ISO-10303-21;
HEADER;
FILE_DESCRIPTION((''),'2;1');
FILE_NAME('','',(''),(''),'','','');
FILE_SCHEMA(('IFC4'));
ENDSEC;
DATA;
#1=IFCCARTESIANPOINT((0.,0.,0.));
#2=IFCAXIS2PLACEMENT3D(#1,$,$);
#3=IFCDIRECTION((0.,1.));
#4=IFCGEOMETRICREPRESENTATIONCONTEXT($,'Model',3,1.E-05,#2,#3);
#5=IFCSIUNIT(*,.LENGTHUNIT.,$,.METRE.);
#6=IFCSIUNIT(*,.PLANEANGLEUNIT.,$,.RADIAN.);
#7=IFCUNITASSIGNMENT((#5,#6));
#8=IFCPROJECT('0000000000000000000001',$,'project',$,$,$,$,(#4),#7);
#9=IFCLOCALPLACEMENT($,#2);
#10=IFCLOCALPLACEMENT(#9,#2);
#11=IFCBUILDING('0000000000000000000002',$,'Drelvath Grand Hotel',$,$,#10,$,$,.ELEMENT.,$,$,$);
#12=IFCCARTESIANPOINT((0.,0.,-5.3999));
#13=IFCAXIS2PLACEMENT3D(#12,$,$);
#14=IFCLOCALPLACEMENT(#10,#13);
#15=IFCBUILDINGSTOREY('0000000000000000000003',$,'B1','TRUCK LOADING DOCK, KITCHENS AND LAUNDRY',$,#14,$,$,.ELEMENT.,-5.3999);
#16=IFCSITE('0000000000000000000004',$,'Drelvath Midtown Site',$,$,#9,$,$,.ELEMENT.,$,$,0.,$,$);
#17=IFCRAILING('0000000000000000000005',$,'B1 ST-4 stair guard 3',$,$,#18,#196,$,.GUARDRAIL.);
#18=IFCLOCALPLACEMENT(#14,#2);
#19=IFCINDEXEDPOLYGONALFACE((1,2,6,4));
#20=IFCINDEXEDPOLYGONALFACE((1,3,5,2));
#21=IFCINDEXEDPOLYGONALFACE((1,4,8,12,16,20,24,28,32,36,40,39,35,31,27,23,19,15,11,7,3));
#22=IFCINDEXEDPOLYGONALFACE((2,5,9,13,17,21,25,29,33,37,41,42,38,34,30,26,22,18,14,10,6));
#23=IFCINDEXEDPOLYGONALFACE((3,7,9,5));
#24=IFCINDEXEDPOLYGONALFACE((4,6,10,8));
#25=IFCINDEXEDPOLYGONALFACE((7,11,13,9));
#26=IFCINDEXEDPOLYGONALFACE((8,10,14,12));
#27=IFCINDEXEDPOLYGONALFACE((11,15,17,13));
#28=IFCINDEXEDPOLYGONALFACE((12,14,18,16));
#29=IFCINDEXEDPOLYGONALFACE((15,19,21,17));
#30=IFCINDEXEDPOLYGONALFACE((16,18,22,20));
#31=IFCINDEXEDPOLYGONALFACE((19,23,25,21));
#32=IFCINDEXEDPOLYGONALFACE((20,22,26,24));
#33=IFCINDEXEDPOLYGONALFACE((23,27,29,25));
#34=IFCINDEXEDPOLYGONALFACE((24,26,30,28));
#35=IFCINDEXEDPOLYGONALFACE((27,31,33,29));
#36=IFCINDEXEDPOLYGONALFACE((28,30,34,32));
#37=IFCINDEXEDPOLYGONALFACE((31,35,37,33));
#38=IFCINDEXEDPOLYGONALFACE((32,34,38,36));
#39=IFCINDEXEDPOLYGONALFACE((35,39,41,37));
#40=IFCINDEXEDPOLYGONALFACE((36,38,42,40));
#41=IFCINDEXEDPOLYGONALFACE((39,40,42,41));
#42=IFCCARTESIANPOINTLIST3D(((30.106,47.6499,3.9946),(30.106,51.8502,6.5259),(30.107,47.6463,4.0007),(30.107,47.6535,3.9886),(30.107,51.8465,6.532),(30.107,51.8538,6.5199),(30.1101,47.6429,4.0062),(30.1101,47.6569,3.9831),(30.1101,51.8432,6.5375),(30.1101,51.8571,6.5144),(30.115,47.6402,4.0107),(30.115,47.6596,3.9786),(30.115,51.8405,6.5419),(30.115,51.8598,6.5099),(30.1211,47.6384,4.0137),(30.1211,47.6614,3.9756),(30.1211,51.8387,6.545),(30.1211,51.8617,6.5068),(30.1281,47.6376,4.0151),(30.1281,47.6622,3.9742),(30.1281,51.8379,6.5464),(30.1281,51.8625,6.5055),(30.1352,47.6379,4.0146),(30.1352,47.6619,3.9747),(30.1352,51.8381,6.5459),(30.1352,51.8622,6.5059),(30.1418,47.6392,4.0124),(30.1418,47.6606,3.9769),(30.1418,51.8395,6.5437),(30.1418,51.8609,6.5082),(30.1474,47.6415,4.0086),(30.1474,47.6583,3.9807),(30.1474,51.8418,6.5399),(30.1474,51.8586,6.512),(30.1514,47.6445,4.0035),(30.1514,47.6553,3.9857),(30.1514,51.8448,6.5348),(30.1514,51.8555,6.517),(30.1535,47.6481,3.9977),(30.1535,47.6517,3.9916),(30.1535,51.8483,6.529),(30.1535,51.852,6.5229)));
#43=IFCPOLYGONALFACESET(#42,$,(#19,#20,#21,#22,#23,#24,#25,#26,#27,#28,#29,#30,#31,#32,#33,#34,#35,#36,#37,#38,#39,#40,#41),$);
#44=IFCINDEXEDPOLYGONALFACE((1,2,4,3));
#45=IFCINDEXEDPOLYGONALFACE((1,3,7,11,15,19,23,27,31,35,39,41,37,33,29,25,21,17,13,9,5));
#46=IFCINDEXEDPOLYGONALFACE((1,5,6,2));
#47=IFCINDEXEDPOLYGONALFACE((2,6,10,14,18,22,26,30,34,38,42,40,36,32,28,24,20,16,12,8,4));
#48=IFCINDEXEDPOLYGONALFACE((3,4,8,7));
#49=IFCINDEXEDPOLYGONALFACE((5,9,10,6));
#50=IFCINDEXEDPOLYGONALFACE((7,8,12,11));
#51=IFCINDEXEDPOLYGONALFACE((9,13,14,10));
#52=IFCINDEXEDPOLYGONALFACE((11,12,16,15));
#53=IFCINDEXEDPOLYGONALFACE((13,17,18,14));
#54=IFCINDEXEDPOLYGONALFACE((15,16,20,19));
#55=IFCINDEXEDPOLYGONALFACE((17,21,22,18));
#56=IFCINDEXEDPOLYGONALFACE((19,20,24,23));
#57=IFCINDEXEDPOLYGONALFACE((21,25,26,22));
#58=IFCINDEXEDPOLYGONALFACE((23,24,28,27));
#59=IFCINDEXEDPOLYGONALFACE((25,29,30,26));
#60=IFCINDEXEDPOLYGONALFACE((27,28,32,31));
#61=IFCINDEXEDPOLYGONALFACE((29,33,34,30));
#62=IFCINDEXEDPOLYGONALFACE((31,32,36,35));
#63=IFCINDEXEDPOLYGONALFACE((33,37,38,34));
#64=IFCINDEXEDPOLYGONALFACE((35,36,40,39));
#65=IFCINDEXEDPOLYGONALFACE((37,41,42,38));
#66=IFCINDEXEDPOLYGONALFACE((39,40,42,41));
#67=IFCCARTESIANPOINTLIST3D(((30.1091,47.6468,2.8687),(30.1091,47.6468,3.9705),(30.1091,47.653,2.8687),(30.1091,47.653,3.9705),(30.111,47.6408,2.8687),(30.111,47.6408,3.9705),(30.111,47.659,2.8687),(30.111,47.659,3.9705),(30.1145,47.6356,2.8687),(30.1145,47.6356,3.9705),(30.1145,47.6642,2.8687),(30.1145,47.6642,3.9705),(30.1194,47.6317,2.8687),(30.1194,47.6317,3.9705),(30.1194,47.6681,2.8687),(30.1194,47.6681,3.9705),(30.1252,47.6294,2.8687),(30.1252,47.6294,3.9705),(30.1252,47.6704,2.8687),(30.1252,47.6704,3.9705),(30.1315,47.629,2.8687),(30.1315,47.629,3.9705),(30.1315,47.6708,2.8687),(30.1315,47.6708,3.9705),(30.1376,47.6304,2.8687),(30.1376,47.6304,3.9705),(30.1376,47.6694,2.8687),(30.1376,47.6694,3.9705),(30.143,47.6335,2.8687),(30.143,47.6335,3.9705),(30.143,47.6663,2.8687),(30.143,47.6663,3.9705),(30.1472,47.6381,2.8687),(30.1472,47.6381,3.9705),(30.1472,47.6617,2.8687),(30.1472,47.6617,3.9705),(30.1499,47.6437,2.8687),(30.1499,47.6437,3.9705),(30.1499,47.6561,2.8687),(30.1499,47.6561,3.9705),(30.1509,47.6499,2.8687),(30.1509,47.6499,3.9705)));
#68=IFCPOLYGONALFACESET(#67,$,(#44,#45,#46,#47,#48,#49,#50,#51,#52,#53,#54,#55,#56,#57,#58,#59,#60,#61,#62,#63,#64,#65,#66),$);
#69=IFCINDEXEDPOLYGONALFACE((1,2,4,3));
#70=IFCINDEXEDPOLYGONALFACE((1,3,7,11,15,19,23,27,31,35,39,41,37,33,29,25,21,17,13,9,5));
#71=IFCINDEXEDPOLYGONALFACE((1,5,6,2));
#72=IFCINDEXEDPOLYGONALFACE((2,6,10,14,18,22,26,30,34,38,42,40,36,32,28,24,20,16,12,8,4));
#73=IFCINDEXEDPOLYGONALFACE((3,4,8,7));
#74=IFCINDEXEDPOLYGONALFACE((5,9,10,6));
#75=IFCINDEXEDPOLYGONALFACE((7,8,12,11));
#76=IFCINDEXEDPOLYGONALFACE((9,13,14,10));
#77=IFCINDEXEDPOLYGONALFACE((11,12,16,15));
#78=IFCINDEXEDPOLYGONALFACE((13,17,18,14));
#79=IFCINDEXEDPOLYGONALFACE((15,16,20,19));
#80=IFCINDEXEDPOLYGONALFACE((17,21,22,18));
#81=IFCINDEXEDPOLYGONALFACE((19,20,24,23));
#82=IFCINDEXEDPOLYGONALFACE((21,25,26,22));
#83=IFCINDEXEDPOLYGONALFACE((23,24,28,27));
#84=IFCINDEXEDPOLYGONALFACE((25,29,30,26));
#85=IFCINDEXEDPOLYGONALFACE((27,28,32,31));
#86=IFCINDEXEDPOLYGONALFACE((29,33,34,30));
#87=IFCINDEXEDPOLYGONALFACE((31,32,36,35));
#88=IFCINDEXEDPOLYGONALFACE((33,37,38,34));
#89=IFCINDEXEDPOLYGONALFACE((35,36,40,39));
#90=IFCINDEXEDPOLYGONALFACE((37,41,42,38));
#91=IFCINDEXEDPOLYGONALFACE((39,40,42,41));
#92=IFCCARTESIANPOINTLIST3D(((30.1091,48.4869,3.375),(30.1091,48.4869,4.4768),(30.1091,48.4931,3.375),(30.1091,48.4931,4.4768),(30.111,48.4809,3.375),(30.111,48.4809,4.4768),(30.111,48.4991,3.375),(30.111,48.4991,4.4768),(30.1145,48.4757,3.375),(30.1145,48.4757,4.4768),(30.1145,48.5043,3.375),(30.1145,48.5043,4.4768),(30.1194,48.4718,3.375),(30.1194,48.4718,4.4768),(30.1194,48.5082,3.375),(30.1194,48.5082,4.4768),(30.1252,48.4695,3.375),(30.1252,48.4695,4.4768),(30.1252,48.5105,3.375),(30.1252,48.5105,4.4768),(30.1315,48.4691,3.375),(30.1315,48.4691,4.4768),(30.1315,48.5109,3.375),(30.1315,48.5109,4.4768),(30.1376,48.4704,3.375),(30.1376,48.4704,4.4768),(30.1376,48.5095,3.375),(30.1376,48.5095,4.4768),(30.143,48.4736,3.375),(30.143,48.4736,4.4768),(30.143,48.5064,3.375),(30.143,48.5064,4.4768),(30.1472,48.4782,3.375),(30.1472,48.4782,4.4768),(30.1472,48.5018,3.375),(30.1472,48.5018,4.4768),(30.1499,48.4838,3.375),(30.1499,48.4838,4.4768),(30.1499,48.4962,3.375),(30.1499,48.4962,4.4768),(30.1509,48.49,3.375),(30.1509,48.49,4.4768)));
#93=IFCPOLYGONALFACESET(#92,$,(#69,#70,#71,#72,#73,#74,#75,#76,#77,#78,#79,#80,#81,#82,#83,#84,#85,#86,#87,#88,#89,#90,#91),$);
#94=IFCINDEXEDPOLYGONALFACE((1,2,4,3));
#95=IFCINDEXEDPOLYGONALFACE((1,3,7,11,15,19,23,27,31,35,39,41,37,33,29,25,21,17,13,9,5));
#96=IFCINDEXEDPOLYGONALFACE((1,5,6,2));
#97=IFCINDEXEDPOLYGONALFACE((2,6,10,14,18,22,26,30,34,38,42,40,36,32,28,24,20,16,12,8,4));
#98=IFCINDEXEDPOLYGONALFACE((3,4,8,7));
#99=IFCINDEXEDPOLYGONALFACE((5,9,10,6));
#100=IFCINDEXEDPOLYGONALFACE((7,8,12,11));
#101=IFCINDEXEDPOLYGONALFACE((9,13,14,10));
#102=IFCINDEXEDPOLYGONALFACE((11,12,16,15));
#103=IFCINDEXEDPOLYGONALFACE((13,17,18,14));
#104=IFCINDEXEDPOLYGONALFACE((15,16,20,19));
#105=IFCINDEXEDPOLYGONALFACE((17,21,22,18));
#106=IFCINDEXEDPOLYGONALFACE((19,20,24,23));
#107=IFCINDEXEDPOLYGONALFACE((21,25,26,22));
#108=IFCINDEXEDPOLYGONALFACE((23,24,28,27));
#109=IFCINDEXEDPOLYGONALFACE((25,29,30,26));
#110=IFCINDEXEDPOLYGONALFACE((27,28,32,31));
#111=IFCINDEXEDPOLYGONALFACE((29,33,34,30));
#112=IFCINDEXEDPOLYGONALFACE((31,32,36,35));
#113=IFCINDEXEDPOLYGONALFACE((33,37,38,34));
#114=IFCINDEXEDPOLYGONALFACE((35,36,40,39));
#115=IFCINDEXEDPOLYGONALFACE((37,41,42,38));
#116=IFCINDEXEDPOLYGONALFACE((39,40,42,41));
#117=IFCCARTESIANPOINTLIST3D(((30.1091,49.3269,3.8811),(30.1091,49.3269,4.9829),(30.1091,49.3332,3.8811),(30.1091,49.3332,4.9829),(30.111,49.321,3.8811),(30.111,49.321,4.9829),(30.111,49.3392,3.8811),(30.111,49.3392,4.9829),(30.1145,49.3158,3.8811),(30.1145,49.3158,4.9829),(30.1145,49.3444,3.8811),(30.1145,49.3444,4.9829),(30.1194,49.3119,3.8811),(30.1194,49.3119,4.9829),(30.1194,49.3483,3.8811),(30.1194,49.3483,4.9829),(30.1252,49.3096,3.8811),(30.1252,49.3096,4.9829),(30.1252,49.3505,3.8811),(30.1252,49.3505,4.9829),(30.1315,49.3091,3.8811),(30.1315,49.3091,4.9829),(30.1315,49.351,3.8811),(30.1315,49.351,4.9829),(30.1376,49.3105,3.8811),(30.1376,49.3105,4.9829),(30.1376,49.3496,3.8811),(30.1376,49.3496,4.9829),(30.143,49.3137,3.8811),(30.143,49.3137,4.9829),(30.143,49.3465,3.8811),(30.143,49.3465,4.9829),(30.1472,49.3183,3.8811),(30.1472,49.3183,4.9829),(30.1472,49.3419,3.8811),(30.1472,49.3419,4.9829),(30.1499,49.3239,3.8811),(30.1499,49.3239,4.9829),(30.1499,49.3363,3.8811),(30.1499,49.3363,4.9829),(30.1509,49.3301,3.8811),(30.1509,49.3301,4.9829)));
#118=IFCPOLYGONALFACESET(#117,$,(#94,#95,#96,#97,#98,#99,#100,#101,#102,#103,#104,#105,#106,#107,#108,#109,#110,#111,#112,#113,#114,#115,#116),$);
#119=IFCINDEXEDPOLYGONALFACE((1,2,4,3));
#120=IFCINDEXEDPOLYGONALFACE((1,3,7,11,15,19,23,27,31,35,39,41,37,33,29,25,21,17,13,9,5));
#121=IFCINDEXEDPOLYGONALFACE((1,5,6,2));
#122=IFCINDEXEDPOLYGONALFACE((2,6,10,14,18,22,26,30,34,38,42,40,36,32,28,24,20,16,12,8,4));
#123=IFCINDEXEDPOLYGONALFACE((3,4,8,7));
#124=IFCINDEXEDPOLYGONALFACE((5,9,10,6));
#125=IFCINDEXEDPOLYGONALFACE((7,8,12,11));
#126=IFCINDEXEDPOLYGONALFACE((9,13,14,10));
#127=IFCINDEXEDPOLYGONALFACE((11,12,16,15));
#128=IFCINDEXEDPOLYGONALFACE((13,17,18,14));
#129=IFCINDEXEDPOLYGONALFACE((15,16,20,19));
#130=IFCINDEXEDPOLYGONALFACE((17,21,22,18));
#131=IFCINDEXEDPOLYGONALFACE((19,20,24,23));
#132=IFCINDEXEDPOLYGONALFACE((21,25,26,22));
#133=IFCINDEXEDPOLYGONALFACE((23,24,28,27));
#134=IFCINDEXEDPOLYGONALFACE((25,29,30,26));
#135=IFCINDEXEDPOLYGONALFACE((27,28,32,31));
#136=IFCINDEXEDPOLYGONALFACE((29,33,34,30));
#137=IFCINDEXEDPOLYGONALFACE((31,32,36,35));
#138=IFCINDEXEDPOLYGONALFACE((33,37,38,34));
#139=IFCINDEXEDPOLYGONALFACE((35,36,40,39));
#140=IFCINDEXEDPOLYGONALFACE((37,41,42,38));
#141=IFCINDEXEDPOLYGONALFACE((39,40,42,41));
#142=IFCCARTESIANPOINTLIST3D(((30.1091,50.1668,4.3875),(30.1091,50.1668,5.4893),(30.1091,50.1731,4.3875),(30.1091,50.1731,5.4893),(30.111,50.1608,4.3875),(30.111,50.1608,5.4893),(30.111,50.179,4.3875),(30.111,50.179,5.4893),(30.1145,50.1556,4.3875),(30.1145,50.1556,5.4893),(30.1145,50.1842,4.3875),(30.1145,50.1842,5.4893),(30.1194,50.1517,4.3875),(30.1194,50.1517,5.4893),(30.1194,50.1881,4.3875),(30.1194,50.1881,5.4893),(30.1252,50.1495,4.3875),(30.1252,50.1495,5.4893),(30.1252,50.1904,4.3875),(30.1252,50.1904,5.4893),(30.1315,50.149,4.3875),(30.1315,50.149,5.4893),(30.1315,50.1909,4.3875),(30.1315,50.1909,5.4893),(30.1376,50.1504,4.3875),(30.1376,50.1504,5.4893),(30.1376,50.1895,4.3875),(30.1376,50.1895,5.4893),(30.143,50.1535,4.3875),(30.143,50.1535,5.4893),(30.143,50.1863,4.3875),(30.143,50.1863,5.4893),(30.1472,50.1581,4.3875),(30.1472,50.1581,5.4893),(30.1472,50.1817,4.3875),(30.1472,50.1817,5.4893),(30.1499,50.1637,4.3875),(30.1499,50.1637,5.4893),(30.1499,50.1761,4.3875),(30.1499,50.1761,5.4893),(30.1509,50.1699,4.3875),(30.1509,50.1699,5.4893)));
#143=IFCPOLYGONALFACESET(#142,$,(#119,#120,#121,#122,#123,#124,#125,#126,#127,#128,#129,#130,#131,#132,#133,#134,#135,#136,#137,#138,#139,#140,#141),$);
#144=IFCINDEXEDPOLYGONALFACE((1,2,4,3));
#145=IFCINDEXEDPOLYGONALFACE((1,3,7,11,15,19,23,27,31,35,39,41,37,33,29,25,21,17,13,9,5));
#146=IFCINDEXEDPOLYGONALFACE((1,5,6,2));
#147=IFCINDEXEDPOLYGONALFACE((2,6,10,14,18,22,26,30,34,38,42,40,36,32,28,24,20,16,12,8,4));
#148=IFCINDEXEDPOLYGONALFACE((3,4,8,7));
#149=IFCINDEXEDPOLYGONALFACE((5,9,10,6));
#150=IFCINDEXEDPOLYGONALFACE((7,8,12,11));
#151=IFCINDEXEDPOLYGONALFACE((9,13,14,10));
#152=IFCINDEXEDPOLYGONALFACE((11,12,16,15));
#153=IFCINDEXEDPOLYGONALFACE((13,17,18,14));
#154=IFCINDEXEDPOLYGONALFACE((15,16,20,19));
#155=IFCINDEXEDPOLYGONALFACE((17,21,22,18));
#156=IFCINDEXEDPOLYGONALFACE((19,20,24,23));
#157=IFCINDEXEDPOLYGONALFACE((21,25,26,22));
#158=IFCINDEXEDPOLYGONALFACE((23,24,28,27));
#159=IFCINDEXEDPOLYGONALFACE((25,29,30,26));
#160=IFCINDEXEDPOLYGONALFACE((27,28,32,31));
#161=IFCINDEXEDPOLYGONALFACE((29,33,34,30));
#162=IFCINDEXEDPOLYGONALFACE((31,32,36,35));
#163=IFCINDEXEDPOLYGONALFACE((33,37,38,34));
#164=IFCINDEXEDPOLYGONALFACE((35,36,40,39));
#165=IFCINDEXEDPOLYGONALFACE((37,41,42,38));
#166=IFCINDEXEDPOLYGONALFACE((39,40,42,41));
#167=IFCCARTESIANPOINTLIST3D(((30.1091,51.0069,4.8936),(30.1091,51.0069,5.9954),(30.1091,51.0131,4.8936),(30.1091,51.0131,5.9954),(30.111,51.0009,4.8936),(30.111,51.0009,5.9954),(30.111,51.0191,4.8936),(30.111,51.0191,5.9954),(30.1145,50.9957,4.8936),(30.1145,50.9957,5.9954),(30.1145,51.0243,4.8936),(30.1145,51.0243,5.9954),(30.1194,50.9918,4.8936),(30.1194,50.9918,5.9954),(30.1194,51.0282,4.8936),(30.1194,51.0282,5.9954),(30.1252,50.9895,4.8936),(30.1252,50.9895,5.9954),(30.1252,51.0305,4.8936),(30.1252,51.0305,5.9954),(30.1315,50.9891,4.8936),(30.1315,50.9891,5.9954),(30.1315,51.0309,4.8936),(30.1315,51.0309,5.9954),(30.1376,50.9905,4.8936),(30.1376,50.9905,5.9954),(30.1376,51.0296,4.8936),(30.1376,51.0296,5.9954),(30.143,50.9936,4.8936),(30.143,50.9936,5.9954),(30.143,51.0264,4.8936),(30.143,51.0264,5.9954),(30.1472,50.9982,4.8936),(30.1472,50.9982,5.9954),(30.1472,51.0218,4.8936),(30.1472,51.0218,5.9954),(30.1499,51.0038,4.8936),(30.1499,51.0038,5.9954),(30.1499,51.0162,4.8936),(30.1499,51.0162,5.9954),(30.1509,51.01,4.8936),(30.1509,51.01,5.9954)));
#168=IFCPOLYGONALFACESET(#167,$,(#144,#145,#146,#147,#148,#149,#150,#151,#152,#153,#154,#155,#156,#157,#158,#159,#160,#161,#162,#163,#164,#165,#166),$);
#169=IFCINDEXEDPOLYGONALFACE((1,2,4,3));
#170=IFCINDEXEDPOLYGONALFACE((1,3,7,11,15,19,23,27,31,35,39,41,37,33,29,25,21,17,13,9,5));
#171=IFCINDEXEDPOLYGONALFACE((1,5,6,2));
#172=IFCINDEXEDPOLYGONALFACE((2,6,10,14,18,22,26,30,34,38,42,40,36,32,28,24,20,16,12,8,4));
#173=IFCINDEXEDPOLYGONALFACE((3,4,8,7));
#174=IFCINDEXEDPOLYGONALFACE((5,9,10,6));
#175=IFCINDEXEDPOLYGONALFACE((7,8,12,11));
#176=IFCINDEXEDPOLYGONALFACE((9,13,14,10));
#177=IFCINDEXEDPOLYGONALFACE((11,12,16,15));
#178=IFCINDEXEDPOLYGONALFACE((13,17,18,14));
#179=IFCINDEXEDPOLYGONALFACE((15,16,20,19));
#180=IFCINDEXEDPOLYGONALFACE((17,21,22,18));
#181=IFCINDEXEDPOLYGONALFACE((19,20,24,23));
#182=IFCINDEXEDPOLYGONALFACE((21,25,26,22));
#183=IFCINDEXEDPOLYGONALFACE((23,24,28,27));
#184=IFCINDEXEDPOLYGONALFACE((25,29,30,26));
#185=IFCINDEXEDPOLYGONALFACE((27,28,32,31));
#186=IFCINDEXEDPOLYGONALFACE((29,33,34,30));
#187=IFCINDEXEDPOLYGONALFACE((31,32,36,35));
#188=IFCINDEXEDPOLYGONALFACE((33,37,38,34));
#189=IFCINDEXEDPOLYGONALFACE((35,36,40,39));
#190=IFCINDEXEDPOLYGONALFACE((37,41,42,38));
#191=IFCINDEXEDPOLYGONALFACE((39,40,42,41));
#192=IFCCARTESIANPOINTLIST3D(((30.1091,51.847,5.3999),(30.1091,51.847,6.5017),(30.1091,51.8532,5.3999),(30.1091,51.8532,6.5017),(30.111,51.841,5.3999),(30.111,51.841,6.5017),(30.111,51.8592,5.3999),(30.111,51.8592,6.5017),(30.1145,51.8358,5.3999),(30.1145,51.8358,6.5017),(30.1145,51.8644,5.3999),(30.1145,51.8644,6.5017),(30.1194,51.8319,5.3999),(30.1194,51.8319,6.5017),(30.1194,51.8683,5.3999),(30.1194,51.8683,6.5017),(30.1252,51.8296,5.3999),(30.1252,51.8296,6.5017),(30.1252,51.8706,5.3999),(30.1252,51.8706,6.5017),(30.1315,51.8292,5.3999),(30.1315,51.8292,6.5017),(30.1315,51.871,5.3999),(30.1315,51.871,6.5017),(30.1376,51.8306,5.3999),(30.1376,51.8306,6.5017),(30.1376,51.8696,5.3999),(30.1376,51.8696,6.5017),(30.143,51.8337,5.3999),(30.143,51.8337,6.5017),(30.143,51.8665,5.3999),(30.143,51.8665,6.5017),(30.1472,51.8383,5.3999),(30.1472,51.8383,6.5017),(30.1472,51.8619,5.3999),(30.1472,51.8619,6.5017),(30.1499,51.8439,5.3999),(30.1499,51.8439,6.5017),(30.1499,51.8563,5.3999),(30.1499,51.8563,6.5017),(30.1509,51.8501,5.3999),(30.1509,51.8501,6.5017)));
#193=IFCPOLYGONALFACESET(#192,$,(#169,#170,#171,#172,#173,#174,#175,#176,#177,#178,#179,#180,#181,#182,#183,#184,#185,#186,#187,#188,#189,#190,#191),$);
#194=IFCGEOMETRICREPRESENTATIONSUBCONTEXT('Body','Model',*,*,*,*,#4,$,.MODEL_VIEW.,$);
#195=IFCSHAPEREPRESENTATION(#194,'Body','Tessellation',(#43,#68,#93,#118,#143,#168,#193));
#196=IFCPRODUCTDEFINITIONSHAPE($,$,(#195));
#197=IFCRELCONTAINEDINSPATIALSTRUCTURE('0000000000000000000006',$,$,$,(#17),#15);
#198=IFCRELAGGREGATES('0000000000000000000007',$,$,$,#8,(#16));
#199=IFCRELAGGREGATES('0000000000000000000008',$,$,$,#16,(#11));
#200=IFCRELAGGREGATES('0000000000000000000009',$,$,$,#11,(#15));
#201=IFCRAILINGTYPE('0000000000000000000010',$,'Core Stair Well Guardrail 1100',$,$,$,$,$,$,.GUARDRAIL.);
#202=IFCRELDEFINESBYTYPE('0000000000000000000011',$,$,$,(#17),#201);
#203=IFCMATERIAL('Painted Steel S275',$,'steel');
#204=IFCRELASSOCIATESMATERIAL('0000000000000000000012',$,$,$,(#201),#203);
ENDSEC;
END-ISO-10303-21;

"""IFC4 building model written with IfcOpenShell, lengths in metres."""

from ifc_helpers import new_model, si_unit, direction, frame, origin, origin_2d, place, context, subcontext, project, spatial, circle, extrude, material, type_object, element, save


model = new_model("IFC4")

# Units and contexts
model_context = context("Model", 3, precision=1e-05, world=origin(), true_north=direction((0.0, 1.0)))
body_context = subcontext(model_context, "Body", "Model", "MODEL_VIEW")
ifc_project = project(units=[si_unit("LENGTHUNIT", "METRE"), si_unit("PLANEANGLEUNIT", "RADIAN")], contexts=[model_context])

# Site, building, storey
site_placement = place(None, origin())
site = spatial("IfcSite", under=ifc_project, at=site_placement, Name="Drelvath Midtown Site", CompositionType="ELEMENT", RefElevation=0.0)
building_placement = place(site_placement, origin())
building = spatial("IfcBuilding", under=site, at=building_placement, Name="Drelvath Grand Hotel", CompositionType="ELEMENT")
storey_placement = place(building_placement, frame((0.0, 0.0, -5.3999)))
storey = spatial("IfcBuildingStorey", under=building, at=storey_placement, Name="B1", Description="TRUCK LOADING DOCK, KITCHENS AND LAUNDRY", CompositionType="ELEMENT", Elevation=-5.3999)

# Shared definitions
ifc_material_1 = material(Name="Painted Steel S275", Category="steel")

# Railing
railing_type_1 = type_object("IfcRailingType", Name="Core Stair Well Guardrail 1100", PredefinedType="GUARDRAIL", material=ifc_material_1)
railing_1_placement = place(storey_placement, frame((30.1299, 47.6499, 2.8687)))
element("IfcRailing", 1, at=railing_1_placement, inside=storey, type_object=railing_type_1, Name="B1 ST-4 stair guard 3", PredefinedType="GUARDRAIL", context=body_context, shape_type="SweptSolid", body=[
    extrude(circle(Radius=0.0239, at=origin_2d()), frame((0.0, 0.0, 1.126), z_axis=(0.0, 0.85649, 0.516164), x_axis=(-1.0, 0.0, 0.0)), (0.0, 0.0, 1.0), 4.9041),
    extrude(circle(Radius=0.021, at=origin_2d()), origin(), (0.0, 0.0, 1.0), 1.1018),
    extrude(circle(Radius=0.021, at=origin_2d()), frame((0.0, 0.8401, 0.5063)), (0.0, 0.0, 1.0), 1.1018),
    extrude(circle(Radius=0.021, at=origin_2d()), frame((0.0, 1.6802, 1.0125)), (0.0, 0.0, 1.0), 1.1018),
    extrude(circle(Radius=0.021, at=origin_2d()), frame((0.0, 2.52, 1.5188)), (0.0, 0.0, 1.0), 1.1018),
    extrude(circle(Radius=0.021, at=origin_2d()), frame((0.0, 3.3601, 2.0249)), (0.0, 0.0, 1.0), 1.1018),
    extrude(circle(Radius=0.021, at=origin_2d()), frame((0.0, 4.2002, 2.5312)), (0.0, 0.0, 1.0), 1.1018),
])

save(model, "model.ifc")
